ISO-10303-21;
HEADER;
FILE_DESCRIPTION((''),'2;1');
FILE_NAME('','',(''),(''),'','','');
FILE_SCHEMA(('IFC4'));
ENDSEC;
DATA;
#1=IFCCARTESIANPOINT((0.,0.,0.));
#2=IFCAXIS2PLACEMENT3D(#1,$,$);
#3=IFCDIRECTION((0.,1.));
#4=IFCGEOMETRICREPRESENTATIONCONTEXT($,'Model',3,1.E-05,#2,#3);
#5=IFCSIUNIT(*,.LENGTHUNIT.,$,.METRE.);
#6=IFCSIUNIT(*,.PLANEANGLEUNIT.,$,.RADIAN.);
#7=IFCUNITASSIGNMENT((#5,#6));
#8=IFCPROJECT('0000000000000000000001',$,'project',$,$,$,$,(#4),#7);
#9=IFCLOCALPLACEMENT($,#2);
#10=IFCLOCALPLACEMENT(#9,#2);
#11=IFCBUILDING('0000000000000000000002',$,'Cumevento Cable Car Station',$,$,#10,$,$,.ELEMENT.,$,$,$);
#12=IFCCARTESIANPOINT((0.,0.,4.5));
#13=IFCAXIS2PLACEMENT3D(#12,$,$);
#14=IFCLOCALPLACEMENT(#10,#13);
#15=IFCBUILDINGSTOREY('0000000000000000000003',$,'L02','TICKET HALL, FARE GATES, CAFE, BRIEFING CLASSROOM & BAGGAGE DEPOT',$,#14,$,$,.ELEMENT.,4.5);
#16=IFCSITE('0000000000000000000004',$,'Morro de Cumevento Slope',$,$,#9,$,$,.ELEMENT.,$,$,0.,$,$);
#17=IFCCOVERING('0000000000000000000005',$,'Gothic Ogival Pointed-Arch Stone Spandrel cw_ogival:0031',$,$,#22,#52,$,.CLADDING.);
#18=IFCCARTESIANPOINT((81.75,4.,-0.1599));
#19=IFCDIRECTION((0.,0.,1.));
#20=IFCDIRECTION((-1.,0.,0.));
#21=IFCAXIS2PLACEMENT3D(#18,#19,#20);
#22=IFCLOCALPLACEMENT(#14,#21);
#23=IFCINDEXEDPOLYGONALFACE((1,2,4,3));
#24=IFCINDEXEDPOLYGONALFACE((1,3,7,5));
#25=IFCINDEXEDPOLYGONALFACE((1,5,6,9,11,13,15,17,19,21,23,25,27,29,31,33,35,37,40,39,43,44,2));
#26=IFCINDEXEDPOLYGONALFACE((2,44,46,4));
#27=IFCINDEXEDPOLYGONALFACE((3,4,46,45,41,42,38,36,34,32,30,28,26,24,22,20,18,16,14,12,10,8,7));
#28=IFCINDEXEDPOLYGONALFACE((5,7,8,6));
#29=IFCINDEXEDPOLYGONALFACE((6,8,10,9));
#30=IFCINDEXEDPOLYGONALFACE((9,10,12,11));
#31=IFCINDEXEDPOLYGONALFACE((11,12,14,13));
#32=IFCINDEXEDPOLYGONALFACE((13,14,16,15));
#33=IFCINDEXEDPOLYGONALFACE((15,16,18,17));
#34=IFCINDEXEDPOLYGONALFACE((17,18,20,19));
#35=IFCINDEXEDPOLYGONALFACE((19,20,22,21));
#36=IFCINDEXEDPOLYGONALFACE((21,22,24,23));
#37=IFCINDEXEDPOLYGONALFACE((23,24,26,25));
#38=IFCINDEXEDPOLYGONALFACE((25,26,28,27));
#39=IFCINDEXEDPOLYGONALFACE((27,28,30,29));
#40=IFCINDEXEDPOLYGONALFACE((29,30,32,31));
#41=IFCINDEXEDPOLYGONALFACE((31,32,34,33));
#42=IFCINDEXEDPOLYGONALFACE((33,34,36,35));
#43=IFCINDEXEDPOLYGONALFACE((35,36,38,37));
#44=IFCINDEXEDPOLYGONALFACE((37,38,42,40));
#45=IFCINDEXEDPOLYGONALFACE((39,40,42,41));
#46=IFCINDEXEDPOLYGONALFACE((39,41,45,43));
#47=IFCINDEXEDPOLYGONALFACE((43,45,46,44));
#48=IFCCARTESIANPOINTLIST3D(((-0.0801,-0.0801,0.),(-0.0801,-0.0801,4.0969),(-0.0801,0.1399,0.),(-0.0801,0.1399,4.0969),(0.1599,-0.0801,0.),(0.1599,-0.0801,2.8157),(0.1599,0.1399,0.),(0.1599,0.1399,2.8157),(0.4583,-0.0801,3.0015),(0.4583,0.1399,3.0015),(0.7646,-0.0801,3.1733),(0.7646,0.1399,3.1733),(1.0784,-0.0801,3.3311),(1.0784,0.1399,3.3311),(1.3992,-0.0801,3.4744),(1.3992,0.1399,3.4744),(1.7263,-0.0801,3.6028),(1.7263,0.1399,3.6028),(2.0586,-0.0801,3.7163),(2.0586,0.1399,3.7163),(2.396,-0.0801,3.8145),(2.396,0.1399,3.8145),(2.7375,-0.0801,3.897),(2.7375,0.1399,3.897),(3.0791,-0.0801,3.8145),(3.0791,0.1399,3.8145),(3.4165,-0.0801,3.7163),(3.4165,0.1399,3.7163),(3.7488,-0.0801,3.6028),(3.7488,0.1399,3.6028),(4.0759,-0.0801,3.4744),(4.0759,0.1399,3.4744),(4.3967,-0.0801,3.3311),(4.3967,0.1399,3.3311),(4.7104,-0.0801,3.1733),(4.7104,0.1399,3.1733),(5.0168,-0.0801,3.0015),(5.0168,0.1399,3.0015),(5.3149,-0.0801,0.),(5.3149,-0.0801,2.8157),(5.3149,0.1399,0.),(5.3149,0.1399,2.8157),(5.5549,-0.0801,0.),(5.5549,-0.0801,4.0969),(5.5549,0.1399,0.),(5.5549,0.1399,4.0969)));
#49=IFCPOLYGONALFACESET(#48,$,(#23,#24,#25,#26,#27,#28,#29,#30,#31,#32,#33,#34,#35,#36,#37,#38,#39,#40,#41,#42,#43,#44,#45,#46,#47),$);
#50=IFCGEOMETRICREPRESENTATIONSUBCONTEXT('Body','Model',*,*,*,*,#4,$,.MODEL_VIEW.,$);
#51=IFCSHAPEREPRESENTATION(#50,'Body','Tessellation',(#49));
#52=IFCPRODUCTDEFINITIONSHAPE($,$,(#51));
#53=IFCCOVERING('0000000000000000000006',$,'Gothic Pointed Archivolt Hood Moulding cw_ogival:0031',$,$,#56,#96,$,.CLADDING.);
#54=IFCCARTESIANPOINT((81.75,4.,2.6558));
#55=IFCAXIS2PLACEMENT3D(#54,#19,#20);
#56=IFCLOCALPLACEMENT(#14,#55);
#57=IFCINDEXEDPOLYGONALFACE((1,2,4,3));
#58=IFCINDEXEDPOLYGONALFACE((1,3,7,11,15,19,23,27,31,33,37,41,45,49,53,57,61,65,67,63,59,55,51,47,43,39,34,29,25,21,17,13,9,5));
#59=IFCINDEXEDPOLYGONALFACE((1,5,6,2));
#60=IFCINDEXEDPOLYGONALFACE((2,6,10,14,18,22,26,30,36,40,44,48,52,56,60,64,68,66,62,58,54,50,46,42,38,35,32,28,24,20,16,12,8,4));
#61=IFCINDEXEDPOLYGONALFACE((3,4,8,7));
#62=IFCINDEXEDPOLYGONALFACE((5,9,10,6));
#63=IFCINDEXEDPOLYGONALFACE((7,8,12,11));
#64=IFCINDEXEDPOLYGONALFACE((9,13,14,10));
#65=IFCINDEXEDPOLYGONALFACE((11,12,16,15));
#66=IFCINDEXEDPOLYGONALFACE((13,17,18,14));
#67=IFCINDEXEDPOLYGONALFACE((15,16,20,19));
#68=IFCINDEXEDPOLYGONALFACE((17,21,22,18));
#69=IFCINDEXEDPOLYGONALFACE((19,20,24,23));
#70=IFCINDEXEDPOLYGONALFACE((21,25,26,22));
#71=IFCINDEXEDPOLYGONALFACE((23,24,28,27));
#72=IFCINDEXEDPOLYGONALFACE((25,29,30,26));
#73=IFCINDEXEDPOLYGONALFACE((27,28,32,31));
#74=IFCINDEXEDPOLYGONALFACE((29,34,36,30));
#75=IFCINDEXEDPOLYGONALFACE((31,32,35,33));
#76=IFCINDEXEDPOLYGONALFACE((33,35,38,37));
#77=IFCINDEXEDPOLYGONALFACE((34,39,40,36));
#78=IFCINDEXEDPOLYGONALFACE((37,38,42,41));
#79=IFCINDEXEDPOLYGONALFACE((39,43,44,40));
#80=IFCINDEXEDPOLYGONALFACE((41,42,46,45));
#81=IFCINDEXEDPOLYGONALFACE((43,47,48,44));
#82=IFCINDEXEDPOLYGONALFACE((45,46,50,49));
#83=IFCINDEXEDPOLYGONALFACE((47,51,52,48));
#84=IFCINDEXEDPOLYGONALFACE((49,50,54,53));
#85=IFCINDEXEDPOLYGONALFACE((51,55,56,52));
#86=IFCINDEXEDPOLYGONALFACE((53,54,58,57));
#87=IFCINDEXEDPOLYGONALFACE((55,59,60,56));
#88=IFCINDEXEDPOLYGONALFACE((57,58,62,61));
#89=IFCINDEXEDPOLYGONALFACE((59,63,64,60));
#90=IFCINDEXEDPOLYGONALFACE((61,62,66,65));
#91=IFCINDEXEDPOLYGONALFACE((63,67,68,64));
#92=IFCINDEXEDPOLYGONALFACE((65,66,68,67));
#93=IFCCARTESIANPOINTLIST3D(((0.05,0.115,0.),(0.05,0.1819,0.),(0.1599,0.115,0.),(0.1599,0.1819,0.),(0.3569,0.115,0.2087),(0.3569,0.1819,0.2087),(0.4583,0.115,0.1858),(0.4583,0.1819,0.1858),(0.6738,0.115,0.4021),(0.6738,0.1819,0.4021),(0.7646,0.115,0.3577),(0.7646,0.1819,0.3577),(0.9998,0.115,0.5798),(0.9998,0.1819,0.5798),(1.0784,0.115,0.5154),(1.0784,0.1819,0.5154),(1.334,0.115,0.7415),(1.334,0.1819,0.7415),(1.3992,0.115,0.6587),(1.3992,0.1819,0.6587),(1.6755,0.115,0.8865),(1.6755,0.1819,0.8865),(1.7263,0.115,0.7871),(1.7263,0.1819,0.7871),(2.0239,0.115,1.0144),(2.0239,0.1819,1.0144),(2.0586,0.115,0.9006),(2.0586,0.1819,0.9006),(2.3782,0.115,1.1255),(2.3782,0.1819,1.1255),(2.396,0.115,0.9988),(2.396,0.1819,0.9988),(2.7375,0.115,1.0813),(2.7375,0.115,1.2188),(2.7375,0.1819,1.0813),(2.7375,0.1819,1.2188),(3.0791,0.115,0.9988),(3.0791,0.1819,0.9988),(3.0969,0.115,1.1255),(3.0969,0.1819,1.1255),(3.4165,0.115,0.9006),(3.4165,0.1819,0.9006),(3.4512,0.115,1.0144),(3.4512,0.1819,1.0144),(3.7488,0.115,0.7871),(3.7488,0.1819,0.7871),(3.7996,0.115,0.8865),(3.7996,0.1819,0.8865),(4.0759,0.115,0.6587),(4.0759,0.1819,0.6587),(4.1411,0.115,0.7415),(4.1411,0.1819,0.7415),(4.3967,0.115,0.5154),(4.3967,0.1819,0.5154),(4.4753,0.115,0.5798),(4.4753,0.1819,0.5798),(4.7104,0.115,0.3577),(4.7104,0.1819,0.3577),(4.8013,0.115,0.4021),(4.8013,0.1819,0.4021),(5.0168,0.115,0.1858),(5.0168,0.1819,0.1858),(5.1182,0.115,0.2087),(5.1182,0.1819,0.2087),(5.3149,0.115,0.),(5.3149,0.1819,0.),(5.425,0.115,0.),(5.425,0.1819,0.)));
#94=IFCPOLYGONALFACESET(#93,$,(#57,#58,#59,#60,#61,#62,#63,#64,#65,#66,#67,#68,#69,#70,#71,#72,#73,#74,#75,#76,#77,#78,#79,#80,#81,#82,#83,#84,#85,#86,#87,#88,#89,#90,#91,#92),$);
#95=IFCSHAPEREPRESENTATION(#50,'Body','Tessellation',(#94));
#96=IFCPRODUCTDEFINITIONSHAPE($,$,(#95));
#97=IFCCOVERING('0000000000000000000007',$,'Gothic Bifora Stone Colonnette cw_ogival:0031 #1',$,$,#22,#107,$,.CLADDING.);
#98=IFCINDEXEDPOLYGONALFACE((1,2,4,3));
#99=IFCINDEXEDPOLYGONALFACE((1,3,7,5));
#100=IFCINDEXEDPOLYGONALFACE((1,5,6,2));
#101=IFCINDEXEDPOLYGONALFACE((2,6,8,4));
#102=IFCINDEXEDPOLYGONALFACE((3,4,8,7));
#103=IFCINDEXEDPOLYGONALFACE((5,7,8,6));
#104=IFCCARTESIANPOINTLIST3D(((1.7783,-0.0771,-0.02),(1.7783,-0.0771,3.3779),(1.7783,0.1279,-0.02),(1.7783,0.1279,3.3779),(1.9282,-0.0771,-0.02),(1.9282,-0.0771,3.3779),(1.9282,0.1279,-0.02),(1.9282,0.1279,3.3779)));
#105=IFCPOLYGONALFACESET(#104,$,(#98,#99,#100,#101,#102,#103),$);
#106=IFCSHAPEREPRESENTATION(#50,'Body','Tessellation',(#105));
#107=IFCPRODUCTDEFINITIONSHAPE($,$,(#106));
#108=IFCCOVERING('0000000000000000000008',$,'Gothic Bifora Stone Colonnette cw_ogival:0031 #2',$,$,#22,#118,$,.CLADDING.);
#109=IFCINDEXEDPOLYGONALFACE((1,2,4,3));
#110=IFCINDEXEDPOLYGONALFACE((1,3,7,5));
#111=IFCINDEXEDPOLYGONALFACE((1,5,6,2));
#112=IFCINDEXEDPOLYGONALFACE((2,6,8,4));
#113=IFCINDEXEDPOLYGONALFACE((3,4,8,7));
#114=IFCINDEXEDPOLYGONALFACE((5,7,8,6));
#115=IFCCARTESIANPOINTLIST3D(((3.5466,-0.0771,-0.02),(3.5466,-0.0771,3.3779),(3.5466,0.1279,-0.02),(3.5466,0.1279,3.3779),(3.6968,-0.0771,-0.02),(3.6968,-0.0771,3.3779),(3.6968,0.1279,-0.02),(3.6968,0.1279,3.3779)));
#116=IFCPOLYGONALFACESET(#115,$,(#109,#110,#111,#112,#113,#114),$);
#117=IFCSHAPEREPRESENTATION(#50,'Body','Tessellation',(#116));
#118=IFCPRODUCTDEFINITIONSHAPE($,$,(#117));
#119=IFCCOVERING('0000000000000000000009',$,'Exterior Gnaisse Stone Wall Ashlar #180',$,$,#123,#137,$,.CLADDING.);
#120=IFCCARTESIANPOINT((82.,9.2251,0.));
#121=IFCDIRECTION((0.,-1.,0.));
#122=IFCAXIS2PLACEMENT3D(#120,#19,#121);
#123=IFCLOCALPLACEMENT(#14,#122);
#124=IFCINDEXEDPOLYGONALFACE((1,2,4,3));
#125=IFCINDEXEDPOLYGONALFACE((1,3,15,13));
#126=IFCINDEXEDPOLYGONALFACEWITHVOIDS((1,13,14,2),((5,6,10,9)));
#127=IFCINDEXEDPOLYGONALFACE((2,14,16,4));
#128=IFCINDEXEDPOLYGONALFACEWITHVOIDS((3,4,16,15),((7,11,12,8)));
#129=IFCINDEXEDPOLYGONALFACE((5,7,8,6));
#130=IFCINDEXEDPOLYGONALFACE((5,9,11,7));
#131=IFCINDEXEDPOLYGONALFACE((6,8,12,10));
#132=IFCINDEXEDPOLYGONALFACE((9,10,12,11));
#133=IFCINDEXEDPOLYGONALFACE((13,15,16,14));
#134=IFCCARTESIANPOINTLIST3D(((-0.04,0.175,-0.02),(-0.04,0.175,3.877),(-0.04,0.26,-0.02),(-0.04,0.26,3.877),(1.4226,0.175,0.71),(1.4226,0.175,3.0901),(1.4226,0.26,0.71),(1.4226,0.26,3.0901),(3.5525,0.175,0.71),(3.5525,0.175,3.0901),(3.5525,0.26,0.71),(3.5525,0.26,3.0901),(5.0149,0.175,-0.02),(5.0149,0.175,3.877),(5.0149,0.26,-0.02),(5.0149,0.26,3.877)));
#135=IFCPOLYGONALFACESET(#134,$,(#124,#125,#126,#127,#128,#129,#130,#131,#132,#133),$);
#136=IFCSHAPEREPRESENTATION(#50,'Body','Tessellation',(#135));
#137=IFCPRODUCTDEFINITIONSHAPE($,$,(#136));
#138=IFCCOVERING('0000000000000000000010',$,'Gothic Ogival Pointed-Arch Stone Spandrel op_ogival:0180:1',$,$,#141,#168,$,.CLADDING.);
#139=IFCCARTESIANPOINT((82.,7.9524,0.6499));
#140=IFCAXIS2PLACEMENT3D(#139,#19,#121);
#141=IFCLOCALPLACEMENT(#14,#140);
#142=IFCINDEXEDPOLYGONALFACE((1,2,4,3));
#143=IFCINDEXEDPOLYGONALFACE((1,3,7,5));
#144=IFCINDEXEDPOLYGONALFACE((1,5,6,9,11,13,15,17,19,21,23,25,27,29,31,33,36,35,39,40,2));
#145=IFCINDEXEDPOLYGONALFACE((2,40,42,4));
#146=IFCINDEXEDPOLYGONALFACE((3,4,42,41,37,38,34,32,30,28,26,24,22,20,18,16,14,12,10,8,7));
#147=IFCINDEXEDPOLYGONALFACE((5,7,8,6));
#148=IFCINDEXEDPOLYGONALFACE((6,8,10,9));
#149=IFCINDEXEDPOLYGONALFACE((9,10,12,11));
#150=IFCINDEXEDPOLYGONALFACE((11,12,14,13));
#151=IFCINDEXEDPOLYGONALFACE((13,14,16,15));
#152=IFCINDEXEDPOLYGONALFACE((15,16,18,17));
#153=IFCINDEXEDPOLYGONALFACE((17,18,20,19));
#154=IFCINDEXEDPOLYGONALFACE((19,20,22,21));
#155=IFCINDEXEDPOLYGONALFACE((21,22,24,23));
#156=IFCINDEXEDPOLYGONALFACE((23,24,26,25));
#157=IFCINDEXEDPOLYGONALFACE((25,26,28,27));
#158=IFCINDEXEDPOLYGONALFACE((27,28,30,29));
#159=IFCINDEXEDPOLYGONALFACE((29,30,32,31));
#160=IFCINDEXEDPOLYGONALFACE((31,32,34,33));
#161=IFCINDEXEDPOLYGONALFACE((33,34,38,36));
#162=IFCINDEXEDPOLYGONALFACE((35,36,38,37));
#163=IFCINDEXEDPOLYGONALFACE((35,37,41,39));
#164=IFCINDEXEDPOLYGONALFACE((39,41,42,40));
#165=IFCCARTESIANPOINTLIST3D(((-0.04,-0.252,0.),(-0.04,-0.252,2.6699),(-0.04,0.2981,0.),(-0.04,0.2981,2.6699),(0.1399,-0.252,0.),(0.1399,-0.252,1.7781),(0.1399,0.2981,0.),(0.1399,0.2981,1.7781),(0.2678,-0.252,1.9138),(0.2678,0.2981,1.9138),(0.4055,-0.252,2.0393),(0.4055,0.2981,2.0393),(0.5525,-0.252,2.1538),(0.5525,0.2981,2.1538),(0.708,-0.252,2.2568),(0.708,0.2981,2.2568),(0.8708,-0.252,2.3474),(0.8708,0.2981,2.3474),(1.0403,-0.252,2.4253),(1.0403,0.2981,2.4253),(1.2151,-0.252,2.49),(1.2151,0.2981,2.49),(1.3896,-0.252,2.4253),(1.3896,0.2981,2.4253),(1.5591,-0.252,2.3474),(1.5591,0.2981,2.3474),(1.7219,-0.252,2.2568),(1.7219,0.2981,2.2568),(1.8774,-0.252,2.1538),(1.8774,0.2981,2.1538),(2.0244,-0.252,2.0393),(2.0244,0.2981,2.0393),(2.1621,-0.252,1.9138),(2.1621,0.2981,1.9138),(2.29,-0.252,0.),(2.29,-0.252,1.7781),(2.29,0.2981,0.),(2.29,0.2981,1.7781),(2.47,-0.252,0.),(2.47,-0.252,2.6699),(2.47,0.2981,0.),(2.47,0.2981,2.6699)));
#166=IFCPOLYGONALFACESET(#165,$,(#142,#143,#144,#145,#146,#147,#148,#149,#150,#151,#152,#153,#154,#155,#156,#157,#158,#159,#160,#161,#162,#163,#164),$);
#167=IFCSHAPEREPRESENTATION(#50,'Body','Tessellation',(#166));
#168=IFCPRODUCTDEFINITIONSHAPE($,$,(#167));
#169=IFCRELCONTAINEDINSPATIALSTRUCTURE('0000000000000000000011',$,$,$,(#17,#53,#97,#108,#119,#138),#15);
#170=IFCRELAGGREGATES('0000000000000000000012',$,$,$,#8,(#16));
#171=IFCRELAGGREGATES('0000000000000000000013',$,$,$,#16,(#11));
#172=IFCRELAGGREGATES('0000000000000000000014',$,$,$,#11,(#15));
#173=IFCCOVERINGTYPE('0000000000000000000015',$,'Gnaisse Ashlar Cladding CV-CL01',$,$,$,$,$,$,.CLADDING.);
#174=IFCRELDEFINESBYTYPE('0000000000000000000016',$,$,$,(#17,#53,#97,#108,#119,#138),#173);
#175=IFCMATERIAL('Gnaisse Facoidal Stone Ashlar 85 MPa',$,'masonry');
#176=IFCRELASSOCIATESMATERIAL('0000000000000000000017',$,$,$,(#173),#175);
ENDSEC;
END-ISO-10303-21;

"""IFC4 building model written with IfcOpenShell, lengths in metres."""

from ifc_helpers import new_model, si_unit, direction, frame, origin, place, context, subcontext, project, spatial, polyline, outline, extrude, material, type_object, element, save


model = new_model("IFC4")

# Units and contexts
model_context = context("Model", 3, precision=1e-05, world=origin(), true_north=direction((0.0, 1.0)))
body_context = subcontext(model_context, "Body", "Model", "MODEL_VIEW")
ifc_project = project(units=[si_unit("LENGTHUNIT", "METRE"), si_unit("PLANEANGLEUNIT", "RADIAN")], contexts=[model_context])

# Site, building, storey
site_placement = place(None, origin())
site = spatial("IfcSite", under=ifc_project, at=site_placement, Name="Morro de Cumevento Slope", CompositionType="ELEMENT", RefElevation=0.0)
building_placement = place(site_placement, origin())
building = spatial("IfcBuilding", under=site, at=building_placement, Name="Cumevento Cable Car Station", CompositionType="ELEMENT")
storey_placement = place(building_placement, frame((0.0, 0.0, 4.5)))
storey = spatial("IfcBuildingStorey", under=building, at=storey_placement, Name="L02", Description="TICKET HALL, FARE GATES, CAFE, BRIEFING CLASSROOM & BAGGAGE DEPOT", CompositionType="ELEMENT", Elevation=4.5)

# Coverings
ifc_material_1 = material(Name="Gnaisse Facoidal Stone Ashlar 85 MPa", Category="masonry")
covering_type = type_object("IfcCoveringType", Name="Gnaisse Ashlar Cladding CV-CL01", PredefinedType="CLADDING", material=ifc_material_1)
placement = place(storey_placement, frame((81.75, 4.0, -0.1599), z_axis=(0.0, 0.0, 1.0), x_axis=(-1.0, 0.0, 0.0)))
element("IfcCovering", 1, at=placement, inside=storey, type_object=covering_type, Name="Gothic Ogival Pointed-Arch Stone Spandrel cw_ogival:0031", PredefinedType="CLADDING", context=body_context, shape_type="SweptSolid", body=[
    extrude(outline(polyline([(-0.0801, 0.0), (-0.0801, 4.0969), (5.5549, 4.0969), (5.5549, 0.0), (5.3149, 0.0), (5.3149, 2.8157), (5.0168, 3.0015), (4.7104, 3.1733), (4.3967, 3.3311), (4.0759, 3.4744), (3.7488, 3.6028), (3.4165, 3.7163), (3.0791, 3.8145), (2.7375, 3.897), (2.396, 3.8145), (2.0586, 3.7163), (1.7263, 3.6028), (1.3992, 3.4744), (1.0784, 3.3311), (0.7646, 3.1733), (0.4583, 3.0015), (0.1599, 2.8157), (0.1599, 0.0), (-0.0801, 0.0)])), frame((0.0, 0.1399, 0.0), z_axis=(0.0, -1.0, 0.0), x_axis=(1.0, 0.0, 0.0)), (0.0, 0.0, 1.0), 0.22),
])
covering_1_placement = place(storey_placement, frame((81.75, 4.0, 2.6558), z_axis=(0.0, 0.0, 1.0), x_axis=(-1.0, 0.0, 0.0)))
element("IfcCovering", 2, at=covering_1_placement, inside=storey, type_object=covering_type, Name="Gothic Pointed Archivolt Hood Moulding cw_ogival:0031", PredefinedType="CLADDING", context=body_context, shape_type="SweptSolid", body=[
    extrude(outline(polyline([(0.1599, 0.0), (0.4583, 0.1858), (0.7646, 0.3577), (1.0784, 0.5154), (1.3992, 0.6587), (1.7263, 0.7871), (2.0586, 0.9006), (2.396, 0.9988), (2.7375, 1.0813), (3.0791, 0.9988), (3.4165, 0.9006), (3.7488, 0.7871), (4.0759, 0.6587), (4.3967, 0.5154), (4.7104, 0.3577), (5.0168, 0.1858), (5.3149, 0.0), (5.425, 0.0), (5.1182, 0.2087), (4.8013, 0.4021), (4.4753, 0.5798), (4.1411, 0.7415), (3.7996, 0.8865), (3.4512, 1.0144), (3.0969, 1.1255), (2.7375, 1.2188), (2.3782, 1.1255), (2.0239, 1.0144), (1.6755, 0.8865), (1.334, 0.7415), (0.9998, 0.5798), (0.6738, 0.4021), (0.3569, 0.2087), (0.05, 0.0), (0.1599, 0.0)])), frame((0.0, 0.1819, 0.0), z_axis=(0.0, -1.0, 0.0), x_axis=(1.0, 0.0, 0.0)), (0.0, 0.0, 1.0), 0.0669),
])
element("IfcCovering", 3, at=placement, inside=storey, type_object=covering_type, Name="Gothic Bifora Stone Colonnette cw_ogival:0031 #1", PredefinedType="CLADDING", context=body_context, shape_type="SweptSolid", body=[
    extrude(outline(polyline([(1.7783, -0.02), (1.9282, -0.02), (1.9282, 3.3779), (1.7783, 3.3779), (1.7783, -0.02)])), frame((0.0, 0.1279, 0.0), z_axis=(0.0, -1.0, 0.0), x_axis=(1.0, 0.0, 0.0)), (0.0, 0.0, 1.0), 0.2051),
])
element("IfcCovering", 4, at=placement, inside=storey, type_object=covering_type, Name="Gothic Bifora Stone Colonnette cw_ogival:0031 #2", PredefinedType="CLADDING", context=body_context, shape_type="SweptSolid", body=[
    extrude(outline(polyline([(3.5466, -0.02), (3.6968, -0.02), (3.6968, 3.3779), (3.5466, 3.3779), (3.5466, -0.02)])), frame((0.0, 0.1279, 0.0), z_axis=(0.0, -1.0, 0.0), x_axis=(1.0, 0.0, 0.0)), (0.0, 0.0, 1.0), 0.2051),
])
covering_2_placement = place(storey_placement, frame((82.0, 9.2251, 0.0), z_axis=(0.0, 0.0, 1.0), x_axis=(0.0, -1.0, 0.0)))
element("IfcCovering", 5, at=covering_2_placement, inside=storey, type_object=covering_type, Name="Exterior Gnaisse Stone Wall Ashlar #180", PredefinedType="CLADDING", context=body_context, shape_type="SweptSolid", body=[
    extrude(outline(polyline([(-0.04, -0.02), (5.0149, -0.02), (5.0149, 3.877), (-0.04, 3.877), (-0.04, -0.02)]), holes=[polyline([(1.4226, 0.71), (3.5525, 0.71), (3.5525, 3.0901), (1.4226, 3.0901), (1.4226, 0.71)])]), frame((0.0, 0.26, 0.0), z_axis=(0.0, -1.0, 0.0), x_axis=(1.0, 0.0, 0.0)), (0.0, 0.0, 1.0), 0.085),
])
covering_3_placement = place(storey_placement, frame((82.0, 7.9524, 0.6499), z_axis=(0.0, 0.0, 1.0), x_axis=(0.0, -1.0, 0.0)))
element("IfcCovering", 6, at=covering_3_placement, inside=storey, type_object=covering_type, Name="Gothic Ogival Pointed-Arch Stone Spandrel op_ogival:0180:1", PredefinedType="CLADDING", context=body_context, shape_type="SweptSolid", body=[
    extrude(outline(polyline([(-0.04, 0.0), (-0.04, 2.6699), (2.47, 2.6699), (2.47, 0.0), (2.29, 0.0), (2.29, 1.7781), (2.1621, 1.9138), (2.0244, 2.0393), (1.8774, 2.1538), (1.7219, 2.2568), (1.5591, 2.3474), (1.3896, 2.4253), (1.2151, 2.49), (1.0403, 2.4253), (0.8708, 2.3474), (0.708, 2.2568), (0.5525, 2.1538), (0.4055, 2.0393), (0.2678, 1.9138), (0.1399, 1.7781), (0.1399, 0.0), (-0.04, 0.0)])), frame((0.0, 0.2981, 0.0), z_axis=(0.0, -1.0, 0.0), x_axis=(1.0, 0.0, 0.0)), (0.0, 0.0, 1.0), 0.55),
])

save(model, "model.ifc")
